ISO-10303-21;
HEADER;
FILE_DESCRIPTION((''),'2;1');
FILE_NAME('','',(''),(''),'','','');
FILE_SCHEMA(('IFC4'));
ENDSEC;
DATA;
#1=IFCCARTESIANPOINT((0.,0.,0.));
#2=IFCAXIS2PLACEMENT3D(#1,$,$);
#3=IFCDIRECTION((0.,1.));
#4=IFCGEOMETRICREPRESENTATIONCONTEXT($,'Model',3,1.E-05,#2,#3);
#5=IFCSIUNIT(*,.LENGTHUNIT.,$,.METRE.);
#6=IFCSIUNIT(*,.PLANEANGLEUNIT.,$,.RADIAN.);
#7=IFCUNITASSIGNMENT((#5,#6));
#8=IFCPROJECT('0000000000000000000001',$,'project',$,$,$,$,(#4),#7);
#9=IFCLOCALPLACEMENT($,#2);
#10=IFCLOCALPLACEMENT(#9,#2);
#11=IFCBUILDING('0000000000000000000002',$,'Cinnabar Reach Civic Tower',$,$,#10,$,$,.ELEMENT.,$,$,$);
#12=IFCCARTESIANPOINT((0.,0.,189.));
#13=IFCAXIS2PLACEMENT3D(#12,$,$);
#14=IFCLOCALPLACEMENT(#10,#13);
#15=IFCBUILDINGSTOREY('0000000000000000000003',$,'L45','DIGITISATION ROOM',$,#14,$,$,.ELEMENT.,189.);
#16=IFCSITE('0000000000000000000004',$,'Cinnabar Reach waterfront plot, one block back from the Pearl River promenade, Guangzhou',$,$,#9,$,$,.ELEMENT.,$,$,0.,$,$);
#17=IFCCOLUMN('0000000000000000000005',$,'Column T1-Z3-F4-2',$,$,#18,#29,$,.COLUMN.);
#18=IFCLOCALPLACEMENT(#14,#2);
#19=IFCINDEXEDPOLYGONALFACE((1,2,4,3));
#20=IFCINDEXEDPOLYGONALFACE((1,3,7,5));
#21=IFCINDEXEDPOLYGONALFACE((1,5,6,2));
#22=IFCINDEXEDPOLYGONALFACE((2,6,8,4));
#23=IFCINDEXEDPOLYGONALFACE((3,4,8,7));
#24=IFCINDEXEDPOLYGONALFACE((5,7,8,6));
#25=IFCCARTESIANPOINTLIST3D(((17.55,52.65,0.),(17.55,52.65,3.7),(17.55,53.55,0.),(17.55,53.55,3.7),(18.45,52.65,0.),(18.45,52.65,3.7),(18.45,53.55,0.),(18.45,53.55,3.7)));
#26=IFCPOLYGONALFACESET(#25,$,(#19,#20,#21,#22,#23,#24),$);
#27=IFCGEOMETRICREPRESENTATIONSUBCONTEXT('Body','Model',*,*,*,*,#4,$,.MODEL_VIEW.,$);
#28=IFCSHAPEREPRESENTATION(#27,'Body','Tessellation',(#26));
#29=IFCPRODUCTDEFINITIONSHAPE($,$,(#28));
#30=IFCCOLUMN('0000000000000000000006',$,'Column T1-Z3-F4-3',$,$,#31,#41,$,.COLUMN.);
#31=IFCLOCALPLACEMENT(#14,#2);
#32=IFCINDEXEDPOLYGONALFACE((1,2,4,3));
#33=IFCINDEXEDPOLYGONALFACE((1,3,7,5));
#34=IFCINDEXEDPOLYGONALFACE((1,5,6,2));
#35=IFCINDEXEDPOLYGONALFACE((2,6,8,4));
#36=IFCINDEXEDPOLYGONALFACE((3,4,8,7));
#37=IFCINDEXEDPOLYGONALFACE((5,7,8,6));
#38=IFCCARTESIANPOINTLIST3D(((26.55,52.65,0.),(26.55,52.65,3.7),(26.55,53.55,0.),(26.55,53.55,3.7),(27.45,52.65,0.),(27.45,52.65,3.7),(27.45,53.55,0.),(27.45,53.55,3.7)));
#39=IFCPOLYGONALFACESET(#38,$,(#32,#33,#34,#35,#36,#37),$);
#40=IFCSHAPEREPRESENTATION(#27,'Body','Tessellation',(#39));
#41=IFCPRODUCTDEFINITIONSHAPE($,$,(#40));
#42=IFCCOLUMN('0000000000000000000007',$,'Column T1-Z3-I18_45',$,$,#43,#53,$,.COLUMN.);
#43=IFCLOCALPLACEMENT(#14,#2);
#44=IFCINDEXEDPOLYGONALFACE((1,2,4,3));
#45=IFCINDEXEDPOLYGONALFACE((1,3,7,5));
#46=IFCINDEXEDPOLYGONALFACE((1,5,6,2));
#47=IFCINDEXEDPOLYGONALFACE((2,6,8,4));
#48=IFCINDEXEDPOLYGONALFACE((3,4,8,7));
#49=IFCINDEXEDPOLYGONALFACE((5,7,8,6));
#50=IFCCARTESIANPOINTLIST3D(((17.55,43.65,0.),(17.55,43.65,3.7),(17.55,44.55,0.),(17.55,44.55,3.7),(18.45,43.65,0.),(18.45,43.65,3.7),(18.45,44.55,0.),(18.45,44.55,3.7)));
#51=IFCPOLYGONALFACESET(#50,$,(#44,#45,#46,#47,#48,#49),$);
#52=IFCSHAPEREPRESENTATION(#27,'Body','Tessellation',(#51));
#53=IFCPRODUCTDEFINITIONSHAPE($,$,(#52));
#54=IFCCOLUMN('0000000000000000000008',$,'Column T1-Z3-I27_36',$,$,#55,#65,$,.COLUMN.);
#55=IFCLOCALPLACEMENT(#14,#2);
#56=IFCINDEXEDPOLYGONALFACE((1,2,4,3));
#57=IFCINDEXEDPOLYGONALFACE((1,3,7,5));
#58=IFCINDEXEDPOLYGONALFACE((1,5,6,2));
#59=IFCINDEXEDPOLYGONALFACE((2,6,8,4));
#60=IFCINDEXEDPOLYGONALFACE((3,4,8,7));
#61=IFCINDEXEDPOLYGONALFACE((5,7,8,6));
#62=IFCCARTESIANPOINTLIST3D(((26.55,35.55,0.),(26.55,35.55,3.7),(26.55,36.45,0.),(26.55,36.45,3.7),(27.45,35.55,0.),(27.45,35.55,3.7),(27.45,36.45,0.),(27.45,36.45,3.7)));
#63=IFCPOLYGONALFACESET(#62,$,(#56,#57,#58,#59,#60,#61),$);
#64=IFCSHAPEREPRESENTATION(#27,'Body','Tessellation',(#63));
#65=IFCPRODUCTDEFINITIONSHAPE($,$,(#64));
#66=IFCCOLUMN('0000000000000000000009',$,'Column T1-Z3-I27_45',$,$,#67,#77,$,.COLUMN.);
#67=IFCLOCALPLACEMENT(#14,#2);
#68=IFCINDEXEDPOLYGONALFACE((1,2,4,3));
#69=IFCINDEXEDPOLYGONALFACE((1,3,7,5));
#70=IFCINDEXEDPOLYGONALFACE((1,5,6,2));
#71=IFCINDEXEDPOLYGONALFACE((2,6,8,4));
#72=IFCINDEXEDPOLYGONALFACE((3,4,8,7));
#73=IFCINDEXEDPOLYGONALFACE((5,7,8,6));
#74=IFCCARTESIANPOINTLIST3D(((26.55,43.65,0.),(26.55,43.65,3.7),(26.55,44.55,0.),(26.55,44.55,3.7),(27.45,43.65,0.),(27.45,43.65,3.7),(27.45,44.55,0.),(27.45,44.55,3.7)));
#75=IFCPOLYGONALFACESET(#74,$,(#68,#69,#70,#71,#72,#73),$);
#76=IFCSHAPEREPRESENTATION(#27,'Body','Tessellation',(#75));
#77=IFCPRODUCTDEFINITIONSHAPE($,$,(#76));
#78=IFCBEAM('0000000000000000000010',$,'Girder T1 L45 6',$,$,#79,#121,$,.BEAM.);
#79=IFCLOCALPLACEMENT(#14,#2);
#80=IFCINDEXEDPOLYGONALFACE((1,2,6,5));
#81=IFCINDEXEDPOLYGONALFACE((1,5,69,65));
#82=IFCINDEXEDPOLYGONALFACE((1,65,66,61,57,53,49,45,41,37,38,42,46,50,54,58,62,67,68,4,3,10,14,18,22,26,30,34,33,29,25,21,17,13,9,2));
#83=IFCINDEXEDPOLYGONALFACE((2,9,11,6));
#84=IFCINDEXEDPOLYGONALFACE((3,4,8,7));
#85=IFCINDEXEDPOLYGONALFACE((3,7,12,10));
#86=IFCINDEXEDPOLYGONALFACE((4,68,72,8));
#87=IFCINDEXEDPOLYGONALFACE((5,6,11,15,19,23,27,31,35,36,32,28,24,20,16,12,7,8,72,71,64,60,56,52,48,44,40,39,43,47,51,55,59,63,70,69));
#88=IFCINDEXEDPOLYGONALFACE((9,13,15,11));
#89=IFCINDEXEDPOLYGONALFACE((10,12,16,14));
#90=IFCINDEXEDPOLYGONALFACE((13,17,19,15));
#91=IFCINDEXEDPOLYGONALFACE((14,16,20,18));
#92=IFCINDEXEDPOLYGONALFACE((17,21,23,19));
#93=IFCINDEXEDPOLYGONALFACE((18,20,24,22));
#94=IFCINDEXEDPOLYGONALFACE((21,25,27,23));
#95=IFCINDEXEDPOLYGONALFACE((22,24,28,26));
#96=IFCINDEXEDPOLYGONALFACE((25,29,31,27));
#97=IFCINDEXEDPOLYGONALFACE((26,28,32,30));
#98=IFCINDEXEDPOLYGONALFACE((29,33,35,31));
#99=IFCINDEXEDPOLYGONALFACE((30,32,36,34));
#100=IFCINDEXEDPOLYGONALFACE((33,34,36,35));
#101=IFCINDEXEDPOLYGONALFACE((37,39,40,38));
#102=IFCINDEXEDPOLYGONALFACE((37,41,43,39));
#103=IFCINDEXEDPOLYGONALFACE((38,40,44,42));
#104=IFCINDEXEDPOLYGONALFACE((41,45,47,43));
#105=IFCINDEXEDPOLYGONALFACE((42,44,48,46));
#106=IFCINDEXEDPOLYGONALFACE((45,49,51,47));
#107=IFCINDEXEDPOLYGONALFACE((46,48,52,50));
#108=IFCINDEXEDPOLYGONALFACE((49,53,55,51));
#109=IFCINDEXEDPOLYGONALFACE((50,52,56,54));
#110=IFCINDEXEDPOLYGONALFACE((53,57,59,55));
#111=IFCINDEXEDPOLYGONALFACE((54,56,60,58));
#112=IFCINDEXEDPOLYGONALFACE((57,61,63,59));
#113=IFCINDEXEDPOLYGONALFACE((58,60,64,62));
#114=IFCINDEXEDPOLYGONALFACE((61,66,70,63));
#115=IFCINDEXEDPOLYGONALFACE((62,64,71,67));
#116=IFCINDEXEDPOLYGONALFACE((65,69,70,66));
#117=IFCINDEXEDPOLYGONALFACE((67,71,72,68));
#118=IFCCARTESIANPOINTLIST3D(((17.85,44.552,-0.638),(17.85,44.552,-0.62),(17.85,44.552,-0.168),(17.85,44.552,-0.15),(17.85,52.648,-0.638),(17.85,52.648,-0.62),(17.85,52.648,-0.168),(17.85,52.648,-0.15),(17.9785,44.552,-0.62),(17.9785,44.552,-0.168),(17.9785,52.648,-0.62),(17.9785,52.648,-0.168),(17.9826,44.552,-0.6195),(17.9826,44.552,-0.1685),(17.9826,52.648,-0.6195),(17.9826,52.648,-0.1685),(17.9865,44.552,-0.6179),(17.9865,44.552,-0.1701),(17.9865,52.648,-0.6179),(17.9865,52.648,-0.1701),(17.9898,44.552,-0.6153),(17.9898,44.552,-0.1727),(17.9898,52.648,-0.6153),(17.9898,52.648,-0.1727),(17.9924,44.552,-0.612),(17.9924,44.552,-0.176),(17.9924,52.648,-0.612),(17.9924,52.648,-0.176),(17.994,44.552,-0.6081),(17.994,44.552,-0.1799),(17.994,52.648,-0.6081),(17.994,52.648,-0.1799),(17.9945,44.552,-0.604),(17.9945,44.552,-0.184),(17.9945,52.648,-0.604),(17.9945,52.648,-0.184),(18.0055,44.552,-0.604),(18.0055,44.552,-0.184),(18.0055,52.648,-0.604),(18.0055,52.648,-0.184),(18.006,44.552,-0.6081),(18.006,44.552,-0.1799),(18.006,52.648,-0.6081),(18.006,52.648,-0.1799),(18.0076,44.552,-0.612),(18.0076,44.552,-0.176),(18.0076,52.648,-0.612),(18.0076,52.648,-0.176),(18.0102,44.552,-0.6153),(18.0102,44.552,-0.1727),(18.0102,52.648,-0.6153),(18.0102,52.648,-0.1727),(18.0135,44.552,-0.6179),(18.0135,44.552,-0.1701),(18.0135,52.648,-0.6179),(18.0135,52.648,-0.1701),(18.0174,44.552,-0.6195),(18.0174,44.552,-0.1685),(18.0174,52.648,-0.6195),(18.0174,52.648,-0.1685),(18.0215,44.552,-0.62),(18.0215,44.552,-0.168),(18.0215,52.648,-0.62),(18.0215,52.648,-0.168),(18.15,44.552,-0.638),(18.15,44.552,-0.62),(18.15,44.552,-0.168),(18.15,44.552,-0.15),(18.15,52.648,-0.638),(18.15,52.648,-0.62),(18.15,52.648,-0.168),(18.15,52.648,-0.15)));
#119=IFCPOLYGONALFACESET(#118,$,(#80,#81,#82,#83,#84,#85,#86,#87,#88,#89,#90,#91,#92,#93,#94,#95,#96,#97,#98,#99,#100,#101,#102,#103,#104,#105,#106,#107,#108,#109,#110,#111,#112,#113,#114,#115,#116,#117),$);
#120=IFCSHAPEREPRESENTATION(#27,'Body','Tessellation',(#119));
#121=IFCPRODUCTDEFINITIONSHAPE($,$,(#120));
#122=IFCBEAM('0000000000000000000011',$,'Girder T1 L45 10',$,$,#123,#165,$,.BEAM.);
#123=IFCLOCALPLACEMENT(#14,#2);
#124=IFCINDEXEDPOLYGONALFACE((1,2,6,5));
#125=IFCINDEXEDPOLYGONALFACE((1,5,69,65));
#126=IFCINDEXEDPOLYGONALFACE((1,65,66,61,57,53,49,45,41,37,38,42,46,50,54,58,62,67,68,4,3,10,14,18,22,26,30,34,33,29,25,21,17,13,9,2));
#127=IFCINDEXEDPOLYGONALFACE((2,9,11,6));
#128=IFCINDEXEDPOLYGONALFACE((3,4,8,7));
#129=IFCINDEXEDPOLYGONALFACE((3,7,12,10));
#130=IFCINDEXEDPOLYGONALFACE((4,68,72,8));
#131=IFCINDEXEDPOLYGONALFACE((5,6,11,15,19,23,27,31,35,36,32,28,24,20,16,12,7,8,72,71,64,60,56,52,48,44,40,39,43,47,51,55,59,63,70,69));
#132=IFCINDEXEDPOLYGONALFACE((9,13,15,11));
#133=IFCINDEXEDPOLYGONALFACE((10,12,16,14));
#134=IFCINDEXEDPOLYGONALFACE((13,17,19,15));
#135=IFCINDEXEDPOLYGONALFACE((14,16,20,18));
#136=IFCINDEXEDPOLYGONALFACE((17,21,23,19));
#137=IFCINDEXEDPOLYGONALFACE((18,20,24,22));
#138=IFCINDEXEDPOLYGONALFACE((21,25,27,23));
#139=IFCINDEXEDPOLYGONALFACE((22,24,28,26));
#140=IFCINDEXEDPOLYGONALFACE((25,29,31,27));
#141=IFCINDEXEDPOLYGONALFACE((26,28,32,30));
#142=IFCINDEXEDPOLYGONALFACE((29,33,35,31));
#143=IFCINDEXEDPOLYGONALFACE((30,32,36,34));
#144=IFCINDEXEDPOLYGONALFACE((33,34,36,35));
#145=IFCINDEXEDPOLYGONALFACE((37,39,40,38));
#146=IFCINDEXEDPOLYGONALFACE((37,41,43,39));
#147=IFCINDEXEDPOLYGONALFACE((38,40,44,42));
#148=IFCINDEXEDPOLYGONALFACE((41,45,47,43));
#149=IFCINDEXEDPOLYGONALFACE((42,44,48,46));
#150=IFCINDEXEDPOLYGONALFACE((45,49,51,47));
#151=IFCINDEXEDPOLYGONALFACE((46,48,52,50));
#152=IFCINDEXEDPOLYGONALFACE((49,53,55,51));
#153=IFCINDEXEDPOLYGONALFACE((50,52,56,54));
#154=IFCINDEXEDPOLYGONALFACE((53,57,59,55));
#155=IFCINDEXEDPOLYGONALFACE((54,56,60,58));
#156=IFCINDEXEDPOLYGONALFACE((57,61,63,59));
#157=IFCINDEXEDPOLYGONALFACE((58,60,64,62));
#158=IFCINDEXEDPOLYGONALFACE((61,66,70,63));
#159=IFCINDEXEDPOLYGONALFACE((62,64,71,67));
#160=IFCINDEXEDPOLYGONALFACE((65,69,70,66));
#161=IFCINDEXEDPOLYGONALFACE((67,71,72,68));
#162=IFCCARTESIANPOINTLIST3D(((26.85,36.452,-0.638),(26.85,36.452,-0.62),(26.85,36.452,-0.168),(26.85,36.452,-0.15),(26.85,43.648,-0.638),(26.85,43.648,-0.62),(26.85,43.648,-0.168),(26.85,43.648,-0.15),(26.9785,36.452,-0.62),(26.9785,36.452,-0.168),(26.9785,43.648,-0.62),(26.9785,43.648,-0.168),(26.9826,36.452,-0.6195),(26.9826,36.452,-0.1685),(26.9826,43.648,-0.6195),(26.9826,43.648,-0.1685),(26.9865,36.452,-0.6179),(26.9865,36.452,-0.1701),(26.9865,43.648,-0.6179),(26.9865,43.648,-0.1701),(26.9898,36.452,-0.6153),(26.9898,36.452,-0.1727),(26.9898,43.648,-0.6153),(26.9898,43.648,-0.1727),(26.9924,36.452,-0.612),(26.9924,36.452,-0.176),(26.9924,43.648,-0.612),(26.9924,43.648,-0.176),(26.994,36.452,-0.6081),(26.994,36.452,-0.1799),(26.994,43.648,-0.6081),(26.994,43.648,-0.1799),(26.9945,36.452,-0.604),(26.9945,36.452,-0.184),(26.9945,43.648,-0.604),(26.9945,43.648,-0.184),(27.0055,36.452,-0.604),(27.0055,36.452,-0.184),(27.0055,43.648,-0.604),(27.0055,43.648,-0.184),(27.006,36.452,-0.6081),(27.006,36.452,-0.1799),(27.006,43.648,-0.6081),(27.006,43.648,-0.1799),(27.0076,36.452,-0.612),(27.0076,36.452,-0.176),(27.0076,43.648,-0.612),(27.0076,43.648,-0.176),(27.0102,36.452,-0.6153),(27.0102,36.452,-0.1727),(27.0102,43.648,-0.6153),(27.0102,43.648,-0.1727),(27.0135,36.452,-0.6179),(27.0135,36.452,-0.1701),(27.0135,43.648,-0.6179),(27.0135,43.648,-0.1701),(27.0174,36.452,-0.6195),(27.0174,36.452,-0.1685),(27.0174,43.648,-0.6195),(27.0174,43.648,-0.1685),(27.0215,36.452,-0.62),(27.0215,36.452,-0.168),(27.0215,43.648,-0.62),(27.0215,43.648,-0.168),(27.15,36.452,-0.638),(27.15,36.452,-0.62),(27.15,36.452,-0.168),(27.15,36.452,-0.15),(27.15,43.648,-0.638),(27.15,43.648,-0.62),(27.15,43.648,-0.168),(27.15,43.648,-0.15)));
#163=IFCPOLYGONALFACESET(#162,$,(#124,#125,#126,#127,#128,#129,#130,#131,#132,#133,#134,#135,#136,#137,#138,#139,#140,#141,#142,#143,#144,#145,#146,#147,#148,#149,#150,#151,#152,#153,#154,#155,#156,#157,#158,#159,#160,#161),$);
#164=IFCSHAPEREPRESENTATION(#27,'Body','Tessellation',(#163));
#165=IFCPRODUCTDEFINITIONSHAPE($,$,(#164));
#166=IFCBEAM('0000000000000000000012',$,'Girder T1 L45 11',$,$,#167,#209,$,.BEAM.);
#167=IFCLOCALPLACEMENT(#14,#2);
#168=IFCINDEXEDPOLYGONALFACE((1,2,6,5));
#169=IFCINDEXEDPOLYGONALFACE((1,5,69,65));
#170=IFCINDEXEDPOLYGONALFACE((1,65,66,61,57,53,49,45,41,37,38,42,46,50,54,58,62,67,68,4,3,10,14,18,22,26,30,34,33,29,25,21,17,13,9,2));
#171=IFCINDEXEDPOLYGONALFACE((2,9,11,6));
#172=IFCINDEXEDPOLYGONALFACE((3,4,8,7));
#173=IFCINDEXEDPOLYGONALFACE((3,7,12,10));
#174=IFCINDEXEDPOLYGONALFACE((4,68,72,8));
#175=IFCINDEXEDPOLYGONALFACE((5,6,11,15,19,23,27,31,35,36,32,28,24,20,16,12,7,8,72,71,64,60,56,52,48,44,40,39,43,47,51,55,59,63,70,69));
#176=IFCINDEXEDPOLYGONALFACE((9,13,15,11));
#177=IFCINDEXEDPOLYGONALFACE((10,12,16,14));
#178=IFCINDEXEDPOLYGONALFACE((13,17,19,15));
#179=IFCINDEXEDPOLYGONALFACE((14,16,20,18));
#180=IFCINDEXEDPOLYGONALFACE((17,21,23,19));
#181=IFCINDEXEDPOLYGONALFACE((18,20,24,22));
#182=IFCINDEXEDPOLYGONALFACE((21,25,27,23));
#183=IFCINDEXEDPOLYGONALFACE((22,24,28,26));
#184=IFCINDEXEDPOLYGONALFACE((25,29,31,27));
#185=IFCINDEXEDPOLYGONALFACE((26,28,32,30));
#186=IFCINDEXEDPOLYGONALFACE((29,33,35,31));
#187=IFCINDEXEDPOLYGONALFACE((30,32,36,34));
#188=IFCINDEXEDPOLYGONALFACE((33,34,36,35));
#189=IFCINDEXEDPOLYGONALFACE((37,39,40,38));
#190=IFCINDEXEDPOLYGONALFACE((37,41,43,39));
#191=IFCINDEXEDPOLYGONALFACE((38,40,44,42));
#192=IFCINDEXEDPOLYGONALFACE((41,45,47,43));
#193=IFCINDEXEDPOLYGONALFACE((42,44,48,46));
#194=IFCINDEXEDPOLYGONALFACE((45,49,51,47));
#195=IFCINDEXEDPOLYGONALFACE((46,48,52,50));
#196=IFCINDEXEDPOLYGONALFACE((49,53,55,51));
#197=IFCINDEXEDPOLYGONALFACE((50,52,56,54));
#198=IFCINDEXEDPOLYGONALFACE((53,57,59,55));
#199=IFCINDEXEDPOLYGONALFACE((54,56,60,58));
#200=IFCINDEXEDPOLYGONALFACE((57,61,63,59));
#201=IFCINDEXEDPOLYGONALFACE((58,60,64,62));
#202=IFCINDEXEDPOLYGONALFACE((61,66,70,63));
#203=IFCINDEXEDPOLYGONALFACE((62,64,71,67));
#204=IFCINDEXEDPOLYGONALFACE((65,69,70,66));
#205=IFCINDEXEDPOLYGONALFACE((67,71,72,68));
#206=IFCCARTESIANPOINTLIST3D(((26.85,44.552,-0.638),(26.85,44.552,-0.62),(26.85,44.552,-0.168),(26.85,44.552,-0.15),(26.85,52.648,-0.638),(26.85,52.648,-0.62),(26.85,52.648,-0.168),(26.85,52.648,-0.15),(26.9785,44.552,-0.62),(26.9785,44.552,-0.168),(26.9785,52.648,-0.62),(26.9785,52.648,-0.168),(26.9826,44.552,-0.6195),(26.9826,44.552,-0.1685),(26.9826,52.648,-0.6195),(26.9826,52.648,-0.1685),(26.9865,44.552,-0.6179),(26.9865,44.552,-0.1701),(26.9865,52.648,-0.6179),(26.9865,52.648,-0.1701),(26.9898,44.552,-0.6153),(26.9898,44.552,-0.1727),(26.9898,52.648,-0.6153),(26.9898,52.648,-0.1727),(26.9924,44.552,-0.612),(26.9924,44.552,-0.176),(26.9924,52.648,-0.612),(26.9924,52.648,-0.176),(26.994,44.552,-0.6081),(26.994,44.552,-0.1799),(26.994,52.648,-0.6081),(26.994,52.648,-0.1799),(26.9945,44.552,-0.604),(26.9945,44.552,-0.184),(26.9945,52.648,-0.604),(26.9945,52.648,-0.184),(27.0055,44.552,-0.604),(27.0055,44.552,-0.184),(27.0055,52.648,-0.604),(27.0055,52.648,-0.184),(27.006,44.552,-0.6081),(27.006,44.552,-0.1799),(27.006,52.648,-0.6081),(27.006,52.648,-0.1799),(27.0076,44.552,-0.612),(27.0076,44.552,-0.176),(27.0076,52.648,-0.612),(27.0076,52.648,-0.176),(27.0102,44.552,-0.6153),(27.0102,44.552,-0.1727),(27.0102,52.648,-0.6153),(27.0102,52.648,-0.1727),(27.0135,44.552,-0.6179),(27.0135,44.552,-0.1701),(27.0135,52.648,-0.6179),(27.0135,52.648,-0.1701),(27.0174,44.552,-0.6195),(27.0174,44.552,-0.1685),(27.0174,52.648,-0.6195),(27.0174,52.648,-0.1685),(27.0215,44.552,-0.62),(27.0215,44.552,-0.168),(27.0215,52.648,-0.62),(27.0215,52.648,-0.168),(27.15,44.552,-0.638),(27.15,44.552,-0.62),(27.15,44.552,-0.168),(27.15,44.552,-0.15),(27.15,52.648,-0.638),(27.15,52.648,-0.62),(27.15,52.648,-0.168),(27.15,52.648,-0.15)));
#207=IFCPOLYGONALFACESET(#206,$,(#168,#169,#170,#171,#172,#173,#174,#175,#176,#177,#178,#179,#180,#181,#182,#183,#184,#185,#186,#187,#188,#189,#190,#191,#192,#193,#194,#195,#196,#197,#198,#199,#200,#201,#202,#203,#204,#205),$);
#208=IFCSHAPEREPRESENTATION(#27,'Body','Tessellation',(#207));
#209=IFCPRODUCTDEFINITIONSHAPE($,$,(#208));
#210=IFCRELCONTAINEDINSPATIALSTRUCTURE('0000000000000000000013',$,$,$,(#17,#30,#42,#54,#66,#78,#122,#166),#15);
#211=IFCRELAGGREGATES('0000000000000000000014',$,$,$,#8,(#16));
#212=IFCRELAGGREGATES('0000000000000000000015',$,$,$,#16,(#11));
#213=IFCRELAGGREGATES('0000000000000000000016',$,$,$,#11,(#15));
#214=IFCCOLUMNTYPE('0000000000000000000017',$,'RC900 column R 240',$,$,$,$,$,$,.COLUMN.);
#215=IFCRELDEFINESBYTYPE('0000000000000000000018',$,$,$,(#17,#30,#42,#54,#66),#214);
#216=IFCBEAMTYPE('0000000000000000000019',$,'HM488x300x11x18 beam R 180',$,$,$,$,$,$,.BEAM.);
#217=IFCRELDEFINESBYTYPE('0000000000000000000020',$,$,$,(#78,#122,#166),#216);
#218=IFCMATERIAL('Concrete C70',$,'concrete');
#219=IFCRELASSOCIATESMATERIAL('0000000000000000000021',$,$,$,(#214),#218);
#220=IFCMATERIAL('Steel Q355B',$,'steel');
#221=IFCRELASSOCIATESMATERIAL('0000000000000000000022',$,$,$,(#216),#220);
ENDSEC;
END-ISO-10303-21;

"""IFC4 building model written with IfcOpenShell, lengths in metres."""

from ifc_helpers import new_model, si_unit, direction, frame, origin, origin_2d, place, context, subcontext, project, spatial, rectangle, i_section, extrude, material, material_profile, profile_set, type_object, element, save


model = new_model("IFC4")

# Units and contexts
model_context = context("Model", 3, precision=1e-05, world=origin(), true_north=direction((0.0, 1.0)))
body_context = subcontext(model_context, "Body", "Model", "MODEL_VIEW")
ifc_project = project(units=[si_unit("LENGTHUNIT", "METRE"), si_unit("PLANEANGLEUNIT", "RADIAN")], contexts=[model_context])

# Site, building, storey
site_placement = place(None, origin())
site = spatial("IfcSite", under=ifc_project, at=site_placement, Name="Cinnabar Reach waterfront plot, one block back from the Pearl River promenade, Guangzhou", CompositionType="ELEMENT", RefElevation=0.0)
building_placement = place(site_placement, origin())
building = spatial("IfcBuilding", under=site, at=building_placement, Name="Cinnabar Reach Civic Tower", CompositionType="ELEMENT")
storey_placement = place(building_placement, frame((0.0, 0.0, 189.0)))
storey = spatial("IfcBuildingStorey", under=building, at=storey_placement, Name="L45", Description="DIGITISATION ROOM", CompositionType="ELEMENT", Elevation=189.0)

# Columns
ifc_material_1 = material(Name="Concrete C70", Category="concrete")
ifc_material_profile_1 = material_profile(ifc_material_1, rectangle(XDim=0.9, YDim=0.9, at=origin_2d()), Name="RC900")
ifc_profile_set_1 = profile_set([ifc_material_profile_1], Name="Concrete C70")
column_type = type_object("IfcColumnType", Name="RC900 column R 240", PredefinedType="COLUMN", material=ifc_profile_set_1)
for number, where, z_axis, x_axis, name in (
    (1, (18.0, 53.1, 0.0), (0.0, 0.0, 1.0), (1.0, 0.0, 0.0), "Column T1-Z3-F4-2"),
    (2, (27.0, 53.1, 0.0), (0.0, 0.0, 1.0), (1.0, 0.0, 0.0), "Column T1-Z3-F4-3"),
    (3, (18.0, 44.1, 0.0), (0.0, 0.0, 1.0), (1.0, 0.0, 0.0), "Column T1-Z3-I18_45"),
    (4, (27.0, 36.0, 0.0), (0.0, 0.0, 1.0), (1.0, 0.0, 0.0), "Column T1-Z3-I27_36"),
    (5, (27.0, 44.1, 0.0), (0.0, 0.0, 1.0), (1.0, 0.0, 0.0), "Column T1-Z3-I27_45"),
):
    element("IfcColumn", number, at=place(storey_placement, frame(where, z_axis=z_axis, x_axis=x_axis)), inside=storey, type_object=column_type, Name=name, PredefinedType="COLUMN", context=body_context, shape_type="SweptSolid", body=[
        extrude(rectangle(XDim=0.9, YDim=0.9, at=origin_2d()), origin(), (0.0, 0.0, 1.0), 3.7),
    ])

# Beams
ifc_material_2 = material(Name="Steel Q355B", Category="steel")
ifc_material_profile_2 = material_profile(ifc_material_2, i_section(OverallWidth=0.3, OverallDepth=0.488, WebThickness=0.011, FlangeThickness=0.018, FilletRadius=0.016, at=origin_2d()), Name="HM488x300x11x18")
ifc_profile_set_2 = profile_set([ifc_material_profile_2], Name="Steel Q355B")
beam_type_1 = type_object("IfcBeamType", Name="HM488x300x11x18 beam R 180", PredefinedType="BEAM", material=ifc_profile_set_2)
beam_1_placement = place(storey_placement, frame((18.0, 44.552, -0.394), z_axis=(0.0, 1.0, 0.0), x_axis=(-1.0, 0.0, 0.0)))
element("IfcBeam", 6, at=beam_1_placement, inside=storey, type_object=beam_type_1, Name="Girder T1 L45 6", PredefinedType="BEAM", context=body_context, shape_type="SweptSolid", body=[
    extrude(i_section(OverallWidth=0.3, OverallDepth=0.488, WebThickness=0.011, FlangeThickness=0.018, FilletRadius=0.016, at=origin_2d()), origin(), (0.0, 0.0, 1.0), 8.096),
])
beam_2_placement = place(storey_placement, frame((27.0, 36.452, -0.394), z_axis=(0.0, 1.0, 0.0), x_axis=(-1.0, 0.0, 0.0)))
element("IfcBeam", 7, at=beam_2_placement, inside=storey, type_object=beam_type_1, Name="Girder T1 L45 10", PredefinedType="BEAM", context=body_context, shape_type="SweptSolid", body=[
    extrude(i_section(OverallWidth=0.3, OverallDepth=0.488, WebThickness=0.011, FlangeThickness=0.018, FilletRadius=0.016, at=origin_2d()), origin(), (0.0, 0.0, 1.0), 7.196),
])
beam_3_placement = place(storey_placement, frame((27.0, 44.552, -0.394), z_axis=(0.0, 1.0, 0.0), x_axis=(-1.0, 0.0, 0.0)))
element("IfcBeam", 8, at=beam_3_placement, inside=storey, type_object=beam_type_1, Name="Girder T1 L45 11", PredefinedType="BEAM", context=body_context, shape_type="SweptSolid", body=[
    extrude(i_section(OverallWidth=0.3, OverallDepth=0.488, WebThickness=0.011, FlangeThickness=0.018, FilletRadius=0.016, at=origin_2d()), origin(), (0.0, 0.0, 1.0), 8.096),
])

save(model, "model.ifc")
